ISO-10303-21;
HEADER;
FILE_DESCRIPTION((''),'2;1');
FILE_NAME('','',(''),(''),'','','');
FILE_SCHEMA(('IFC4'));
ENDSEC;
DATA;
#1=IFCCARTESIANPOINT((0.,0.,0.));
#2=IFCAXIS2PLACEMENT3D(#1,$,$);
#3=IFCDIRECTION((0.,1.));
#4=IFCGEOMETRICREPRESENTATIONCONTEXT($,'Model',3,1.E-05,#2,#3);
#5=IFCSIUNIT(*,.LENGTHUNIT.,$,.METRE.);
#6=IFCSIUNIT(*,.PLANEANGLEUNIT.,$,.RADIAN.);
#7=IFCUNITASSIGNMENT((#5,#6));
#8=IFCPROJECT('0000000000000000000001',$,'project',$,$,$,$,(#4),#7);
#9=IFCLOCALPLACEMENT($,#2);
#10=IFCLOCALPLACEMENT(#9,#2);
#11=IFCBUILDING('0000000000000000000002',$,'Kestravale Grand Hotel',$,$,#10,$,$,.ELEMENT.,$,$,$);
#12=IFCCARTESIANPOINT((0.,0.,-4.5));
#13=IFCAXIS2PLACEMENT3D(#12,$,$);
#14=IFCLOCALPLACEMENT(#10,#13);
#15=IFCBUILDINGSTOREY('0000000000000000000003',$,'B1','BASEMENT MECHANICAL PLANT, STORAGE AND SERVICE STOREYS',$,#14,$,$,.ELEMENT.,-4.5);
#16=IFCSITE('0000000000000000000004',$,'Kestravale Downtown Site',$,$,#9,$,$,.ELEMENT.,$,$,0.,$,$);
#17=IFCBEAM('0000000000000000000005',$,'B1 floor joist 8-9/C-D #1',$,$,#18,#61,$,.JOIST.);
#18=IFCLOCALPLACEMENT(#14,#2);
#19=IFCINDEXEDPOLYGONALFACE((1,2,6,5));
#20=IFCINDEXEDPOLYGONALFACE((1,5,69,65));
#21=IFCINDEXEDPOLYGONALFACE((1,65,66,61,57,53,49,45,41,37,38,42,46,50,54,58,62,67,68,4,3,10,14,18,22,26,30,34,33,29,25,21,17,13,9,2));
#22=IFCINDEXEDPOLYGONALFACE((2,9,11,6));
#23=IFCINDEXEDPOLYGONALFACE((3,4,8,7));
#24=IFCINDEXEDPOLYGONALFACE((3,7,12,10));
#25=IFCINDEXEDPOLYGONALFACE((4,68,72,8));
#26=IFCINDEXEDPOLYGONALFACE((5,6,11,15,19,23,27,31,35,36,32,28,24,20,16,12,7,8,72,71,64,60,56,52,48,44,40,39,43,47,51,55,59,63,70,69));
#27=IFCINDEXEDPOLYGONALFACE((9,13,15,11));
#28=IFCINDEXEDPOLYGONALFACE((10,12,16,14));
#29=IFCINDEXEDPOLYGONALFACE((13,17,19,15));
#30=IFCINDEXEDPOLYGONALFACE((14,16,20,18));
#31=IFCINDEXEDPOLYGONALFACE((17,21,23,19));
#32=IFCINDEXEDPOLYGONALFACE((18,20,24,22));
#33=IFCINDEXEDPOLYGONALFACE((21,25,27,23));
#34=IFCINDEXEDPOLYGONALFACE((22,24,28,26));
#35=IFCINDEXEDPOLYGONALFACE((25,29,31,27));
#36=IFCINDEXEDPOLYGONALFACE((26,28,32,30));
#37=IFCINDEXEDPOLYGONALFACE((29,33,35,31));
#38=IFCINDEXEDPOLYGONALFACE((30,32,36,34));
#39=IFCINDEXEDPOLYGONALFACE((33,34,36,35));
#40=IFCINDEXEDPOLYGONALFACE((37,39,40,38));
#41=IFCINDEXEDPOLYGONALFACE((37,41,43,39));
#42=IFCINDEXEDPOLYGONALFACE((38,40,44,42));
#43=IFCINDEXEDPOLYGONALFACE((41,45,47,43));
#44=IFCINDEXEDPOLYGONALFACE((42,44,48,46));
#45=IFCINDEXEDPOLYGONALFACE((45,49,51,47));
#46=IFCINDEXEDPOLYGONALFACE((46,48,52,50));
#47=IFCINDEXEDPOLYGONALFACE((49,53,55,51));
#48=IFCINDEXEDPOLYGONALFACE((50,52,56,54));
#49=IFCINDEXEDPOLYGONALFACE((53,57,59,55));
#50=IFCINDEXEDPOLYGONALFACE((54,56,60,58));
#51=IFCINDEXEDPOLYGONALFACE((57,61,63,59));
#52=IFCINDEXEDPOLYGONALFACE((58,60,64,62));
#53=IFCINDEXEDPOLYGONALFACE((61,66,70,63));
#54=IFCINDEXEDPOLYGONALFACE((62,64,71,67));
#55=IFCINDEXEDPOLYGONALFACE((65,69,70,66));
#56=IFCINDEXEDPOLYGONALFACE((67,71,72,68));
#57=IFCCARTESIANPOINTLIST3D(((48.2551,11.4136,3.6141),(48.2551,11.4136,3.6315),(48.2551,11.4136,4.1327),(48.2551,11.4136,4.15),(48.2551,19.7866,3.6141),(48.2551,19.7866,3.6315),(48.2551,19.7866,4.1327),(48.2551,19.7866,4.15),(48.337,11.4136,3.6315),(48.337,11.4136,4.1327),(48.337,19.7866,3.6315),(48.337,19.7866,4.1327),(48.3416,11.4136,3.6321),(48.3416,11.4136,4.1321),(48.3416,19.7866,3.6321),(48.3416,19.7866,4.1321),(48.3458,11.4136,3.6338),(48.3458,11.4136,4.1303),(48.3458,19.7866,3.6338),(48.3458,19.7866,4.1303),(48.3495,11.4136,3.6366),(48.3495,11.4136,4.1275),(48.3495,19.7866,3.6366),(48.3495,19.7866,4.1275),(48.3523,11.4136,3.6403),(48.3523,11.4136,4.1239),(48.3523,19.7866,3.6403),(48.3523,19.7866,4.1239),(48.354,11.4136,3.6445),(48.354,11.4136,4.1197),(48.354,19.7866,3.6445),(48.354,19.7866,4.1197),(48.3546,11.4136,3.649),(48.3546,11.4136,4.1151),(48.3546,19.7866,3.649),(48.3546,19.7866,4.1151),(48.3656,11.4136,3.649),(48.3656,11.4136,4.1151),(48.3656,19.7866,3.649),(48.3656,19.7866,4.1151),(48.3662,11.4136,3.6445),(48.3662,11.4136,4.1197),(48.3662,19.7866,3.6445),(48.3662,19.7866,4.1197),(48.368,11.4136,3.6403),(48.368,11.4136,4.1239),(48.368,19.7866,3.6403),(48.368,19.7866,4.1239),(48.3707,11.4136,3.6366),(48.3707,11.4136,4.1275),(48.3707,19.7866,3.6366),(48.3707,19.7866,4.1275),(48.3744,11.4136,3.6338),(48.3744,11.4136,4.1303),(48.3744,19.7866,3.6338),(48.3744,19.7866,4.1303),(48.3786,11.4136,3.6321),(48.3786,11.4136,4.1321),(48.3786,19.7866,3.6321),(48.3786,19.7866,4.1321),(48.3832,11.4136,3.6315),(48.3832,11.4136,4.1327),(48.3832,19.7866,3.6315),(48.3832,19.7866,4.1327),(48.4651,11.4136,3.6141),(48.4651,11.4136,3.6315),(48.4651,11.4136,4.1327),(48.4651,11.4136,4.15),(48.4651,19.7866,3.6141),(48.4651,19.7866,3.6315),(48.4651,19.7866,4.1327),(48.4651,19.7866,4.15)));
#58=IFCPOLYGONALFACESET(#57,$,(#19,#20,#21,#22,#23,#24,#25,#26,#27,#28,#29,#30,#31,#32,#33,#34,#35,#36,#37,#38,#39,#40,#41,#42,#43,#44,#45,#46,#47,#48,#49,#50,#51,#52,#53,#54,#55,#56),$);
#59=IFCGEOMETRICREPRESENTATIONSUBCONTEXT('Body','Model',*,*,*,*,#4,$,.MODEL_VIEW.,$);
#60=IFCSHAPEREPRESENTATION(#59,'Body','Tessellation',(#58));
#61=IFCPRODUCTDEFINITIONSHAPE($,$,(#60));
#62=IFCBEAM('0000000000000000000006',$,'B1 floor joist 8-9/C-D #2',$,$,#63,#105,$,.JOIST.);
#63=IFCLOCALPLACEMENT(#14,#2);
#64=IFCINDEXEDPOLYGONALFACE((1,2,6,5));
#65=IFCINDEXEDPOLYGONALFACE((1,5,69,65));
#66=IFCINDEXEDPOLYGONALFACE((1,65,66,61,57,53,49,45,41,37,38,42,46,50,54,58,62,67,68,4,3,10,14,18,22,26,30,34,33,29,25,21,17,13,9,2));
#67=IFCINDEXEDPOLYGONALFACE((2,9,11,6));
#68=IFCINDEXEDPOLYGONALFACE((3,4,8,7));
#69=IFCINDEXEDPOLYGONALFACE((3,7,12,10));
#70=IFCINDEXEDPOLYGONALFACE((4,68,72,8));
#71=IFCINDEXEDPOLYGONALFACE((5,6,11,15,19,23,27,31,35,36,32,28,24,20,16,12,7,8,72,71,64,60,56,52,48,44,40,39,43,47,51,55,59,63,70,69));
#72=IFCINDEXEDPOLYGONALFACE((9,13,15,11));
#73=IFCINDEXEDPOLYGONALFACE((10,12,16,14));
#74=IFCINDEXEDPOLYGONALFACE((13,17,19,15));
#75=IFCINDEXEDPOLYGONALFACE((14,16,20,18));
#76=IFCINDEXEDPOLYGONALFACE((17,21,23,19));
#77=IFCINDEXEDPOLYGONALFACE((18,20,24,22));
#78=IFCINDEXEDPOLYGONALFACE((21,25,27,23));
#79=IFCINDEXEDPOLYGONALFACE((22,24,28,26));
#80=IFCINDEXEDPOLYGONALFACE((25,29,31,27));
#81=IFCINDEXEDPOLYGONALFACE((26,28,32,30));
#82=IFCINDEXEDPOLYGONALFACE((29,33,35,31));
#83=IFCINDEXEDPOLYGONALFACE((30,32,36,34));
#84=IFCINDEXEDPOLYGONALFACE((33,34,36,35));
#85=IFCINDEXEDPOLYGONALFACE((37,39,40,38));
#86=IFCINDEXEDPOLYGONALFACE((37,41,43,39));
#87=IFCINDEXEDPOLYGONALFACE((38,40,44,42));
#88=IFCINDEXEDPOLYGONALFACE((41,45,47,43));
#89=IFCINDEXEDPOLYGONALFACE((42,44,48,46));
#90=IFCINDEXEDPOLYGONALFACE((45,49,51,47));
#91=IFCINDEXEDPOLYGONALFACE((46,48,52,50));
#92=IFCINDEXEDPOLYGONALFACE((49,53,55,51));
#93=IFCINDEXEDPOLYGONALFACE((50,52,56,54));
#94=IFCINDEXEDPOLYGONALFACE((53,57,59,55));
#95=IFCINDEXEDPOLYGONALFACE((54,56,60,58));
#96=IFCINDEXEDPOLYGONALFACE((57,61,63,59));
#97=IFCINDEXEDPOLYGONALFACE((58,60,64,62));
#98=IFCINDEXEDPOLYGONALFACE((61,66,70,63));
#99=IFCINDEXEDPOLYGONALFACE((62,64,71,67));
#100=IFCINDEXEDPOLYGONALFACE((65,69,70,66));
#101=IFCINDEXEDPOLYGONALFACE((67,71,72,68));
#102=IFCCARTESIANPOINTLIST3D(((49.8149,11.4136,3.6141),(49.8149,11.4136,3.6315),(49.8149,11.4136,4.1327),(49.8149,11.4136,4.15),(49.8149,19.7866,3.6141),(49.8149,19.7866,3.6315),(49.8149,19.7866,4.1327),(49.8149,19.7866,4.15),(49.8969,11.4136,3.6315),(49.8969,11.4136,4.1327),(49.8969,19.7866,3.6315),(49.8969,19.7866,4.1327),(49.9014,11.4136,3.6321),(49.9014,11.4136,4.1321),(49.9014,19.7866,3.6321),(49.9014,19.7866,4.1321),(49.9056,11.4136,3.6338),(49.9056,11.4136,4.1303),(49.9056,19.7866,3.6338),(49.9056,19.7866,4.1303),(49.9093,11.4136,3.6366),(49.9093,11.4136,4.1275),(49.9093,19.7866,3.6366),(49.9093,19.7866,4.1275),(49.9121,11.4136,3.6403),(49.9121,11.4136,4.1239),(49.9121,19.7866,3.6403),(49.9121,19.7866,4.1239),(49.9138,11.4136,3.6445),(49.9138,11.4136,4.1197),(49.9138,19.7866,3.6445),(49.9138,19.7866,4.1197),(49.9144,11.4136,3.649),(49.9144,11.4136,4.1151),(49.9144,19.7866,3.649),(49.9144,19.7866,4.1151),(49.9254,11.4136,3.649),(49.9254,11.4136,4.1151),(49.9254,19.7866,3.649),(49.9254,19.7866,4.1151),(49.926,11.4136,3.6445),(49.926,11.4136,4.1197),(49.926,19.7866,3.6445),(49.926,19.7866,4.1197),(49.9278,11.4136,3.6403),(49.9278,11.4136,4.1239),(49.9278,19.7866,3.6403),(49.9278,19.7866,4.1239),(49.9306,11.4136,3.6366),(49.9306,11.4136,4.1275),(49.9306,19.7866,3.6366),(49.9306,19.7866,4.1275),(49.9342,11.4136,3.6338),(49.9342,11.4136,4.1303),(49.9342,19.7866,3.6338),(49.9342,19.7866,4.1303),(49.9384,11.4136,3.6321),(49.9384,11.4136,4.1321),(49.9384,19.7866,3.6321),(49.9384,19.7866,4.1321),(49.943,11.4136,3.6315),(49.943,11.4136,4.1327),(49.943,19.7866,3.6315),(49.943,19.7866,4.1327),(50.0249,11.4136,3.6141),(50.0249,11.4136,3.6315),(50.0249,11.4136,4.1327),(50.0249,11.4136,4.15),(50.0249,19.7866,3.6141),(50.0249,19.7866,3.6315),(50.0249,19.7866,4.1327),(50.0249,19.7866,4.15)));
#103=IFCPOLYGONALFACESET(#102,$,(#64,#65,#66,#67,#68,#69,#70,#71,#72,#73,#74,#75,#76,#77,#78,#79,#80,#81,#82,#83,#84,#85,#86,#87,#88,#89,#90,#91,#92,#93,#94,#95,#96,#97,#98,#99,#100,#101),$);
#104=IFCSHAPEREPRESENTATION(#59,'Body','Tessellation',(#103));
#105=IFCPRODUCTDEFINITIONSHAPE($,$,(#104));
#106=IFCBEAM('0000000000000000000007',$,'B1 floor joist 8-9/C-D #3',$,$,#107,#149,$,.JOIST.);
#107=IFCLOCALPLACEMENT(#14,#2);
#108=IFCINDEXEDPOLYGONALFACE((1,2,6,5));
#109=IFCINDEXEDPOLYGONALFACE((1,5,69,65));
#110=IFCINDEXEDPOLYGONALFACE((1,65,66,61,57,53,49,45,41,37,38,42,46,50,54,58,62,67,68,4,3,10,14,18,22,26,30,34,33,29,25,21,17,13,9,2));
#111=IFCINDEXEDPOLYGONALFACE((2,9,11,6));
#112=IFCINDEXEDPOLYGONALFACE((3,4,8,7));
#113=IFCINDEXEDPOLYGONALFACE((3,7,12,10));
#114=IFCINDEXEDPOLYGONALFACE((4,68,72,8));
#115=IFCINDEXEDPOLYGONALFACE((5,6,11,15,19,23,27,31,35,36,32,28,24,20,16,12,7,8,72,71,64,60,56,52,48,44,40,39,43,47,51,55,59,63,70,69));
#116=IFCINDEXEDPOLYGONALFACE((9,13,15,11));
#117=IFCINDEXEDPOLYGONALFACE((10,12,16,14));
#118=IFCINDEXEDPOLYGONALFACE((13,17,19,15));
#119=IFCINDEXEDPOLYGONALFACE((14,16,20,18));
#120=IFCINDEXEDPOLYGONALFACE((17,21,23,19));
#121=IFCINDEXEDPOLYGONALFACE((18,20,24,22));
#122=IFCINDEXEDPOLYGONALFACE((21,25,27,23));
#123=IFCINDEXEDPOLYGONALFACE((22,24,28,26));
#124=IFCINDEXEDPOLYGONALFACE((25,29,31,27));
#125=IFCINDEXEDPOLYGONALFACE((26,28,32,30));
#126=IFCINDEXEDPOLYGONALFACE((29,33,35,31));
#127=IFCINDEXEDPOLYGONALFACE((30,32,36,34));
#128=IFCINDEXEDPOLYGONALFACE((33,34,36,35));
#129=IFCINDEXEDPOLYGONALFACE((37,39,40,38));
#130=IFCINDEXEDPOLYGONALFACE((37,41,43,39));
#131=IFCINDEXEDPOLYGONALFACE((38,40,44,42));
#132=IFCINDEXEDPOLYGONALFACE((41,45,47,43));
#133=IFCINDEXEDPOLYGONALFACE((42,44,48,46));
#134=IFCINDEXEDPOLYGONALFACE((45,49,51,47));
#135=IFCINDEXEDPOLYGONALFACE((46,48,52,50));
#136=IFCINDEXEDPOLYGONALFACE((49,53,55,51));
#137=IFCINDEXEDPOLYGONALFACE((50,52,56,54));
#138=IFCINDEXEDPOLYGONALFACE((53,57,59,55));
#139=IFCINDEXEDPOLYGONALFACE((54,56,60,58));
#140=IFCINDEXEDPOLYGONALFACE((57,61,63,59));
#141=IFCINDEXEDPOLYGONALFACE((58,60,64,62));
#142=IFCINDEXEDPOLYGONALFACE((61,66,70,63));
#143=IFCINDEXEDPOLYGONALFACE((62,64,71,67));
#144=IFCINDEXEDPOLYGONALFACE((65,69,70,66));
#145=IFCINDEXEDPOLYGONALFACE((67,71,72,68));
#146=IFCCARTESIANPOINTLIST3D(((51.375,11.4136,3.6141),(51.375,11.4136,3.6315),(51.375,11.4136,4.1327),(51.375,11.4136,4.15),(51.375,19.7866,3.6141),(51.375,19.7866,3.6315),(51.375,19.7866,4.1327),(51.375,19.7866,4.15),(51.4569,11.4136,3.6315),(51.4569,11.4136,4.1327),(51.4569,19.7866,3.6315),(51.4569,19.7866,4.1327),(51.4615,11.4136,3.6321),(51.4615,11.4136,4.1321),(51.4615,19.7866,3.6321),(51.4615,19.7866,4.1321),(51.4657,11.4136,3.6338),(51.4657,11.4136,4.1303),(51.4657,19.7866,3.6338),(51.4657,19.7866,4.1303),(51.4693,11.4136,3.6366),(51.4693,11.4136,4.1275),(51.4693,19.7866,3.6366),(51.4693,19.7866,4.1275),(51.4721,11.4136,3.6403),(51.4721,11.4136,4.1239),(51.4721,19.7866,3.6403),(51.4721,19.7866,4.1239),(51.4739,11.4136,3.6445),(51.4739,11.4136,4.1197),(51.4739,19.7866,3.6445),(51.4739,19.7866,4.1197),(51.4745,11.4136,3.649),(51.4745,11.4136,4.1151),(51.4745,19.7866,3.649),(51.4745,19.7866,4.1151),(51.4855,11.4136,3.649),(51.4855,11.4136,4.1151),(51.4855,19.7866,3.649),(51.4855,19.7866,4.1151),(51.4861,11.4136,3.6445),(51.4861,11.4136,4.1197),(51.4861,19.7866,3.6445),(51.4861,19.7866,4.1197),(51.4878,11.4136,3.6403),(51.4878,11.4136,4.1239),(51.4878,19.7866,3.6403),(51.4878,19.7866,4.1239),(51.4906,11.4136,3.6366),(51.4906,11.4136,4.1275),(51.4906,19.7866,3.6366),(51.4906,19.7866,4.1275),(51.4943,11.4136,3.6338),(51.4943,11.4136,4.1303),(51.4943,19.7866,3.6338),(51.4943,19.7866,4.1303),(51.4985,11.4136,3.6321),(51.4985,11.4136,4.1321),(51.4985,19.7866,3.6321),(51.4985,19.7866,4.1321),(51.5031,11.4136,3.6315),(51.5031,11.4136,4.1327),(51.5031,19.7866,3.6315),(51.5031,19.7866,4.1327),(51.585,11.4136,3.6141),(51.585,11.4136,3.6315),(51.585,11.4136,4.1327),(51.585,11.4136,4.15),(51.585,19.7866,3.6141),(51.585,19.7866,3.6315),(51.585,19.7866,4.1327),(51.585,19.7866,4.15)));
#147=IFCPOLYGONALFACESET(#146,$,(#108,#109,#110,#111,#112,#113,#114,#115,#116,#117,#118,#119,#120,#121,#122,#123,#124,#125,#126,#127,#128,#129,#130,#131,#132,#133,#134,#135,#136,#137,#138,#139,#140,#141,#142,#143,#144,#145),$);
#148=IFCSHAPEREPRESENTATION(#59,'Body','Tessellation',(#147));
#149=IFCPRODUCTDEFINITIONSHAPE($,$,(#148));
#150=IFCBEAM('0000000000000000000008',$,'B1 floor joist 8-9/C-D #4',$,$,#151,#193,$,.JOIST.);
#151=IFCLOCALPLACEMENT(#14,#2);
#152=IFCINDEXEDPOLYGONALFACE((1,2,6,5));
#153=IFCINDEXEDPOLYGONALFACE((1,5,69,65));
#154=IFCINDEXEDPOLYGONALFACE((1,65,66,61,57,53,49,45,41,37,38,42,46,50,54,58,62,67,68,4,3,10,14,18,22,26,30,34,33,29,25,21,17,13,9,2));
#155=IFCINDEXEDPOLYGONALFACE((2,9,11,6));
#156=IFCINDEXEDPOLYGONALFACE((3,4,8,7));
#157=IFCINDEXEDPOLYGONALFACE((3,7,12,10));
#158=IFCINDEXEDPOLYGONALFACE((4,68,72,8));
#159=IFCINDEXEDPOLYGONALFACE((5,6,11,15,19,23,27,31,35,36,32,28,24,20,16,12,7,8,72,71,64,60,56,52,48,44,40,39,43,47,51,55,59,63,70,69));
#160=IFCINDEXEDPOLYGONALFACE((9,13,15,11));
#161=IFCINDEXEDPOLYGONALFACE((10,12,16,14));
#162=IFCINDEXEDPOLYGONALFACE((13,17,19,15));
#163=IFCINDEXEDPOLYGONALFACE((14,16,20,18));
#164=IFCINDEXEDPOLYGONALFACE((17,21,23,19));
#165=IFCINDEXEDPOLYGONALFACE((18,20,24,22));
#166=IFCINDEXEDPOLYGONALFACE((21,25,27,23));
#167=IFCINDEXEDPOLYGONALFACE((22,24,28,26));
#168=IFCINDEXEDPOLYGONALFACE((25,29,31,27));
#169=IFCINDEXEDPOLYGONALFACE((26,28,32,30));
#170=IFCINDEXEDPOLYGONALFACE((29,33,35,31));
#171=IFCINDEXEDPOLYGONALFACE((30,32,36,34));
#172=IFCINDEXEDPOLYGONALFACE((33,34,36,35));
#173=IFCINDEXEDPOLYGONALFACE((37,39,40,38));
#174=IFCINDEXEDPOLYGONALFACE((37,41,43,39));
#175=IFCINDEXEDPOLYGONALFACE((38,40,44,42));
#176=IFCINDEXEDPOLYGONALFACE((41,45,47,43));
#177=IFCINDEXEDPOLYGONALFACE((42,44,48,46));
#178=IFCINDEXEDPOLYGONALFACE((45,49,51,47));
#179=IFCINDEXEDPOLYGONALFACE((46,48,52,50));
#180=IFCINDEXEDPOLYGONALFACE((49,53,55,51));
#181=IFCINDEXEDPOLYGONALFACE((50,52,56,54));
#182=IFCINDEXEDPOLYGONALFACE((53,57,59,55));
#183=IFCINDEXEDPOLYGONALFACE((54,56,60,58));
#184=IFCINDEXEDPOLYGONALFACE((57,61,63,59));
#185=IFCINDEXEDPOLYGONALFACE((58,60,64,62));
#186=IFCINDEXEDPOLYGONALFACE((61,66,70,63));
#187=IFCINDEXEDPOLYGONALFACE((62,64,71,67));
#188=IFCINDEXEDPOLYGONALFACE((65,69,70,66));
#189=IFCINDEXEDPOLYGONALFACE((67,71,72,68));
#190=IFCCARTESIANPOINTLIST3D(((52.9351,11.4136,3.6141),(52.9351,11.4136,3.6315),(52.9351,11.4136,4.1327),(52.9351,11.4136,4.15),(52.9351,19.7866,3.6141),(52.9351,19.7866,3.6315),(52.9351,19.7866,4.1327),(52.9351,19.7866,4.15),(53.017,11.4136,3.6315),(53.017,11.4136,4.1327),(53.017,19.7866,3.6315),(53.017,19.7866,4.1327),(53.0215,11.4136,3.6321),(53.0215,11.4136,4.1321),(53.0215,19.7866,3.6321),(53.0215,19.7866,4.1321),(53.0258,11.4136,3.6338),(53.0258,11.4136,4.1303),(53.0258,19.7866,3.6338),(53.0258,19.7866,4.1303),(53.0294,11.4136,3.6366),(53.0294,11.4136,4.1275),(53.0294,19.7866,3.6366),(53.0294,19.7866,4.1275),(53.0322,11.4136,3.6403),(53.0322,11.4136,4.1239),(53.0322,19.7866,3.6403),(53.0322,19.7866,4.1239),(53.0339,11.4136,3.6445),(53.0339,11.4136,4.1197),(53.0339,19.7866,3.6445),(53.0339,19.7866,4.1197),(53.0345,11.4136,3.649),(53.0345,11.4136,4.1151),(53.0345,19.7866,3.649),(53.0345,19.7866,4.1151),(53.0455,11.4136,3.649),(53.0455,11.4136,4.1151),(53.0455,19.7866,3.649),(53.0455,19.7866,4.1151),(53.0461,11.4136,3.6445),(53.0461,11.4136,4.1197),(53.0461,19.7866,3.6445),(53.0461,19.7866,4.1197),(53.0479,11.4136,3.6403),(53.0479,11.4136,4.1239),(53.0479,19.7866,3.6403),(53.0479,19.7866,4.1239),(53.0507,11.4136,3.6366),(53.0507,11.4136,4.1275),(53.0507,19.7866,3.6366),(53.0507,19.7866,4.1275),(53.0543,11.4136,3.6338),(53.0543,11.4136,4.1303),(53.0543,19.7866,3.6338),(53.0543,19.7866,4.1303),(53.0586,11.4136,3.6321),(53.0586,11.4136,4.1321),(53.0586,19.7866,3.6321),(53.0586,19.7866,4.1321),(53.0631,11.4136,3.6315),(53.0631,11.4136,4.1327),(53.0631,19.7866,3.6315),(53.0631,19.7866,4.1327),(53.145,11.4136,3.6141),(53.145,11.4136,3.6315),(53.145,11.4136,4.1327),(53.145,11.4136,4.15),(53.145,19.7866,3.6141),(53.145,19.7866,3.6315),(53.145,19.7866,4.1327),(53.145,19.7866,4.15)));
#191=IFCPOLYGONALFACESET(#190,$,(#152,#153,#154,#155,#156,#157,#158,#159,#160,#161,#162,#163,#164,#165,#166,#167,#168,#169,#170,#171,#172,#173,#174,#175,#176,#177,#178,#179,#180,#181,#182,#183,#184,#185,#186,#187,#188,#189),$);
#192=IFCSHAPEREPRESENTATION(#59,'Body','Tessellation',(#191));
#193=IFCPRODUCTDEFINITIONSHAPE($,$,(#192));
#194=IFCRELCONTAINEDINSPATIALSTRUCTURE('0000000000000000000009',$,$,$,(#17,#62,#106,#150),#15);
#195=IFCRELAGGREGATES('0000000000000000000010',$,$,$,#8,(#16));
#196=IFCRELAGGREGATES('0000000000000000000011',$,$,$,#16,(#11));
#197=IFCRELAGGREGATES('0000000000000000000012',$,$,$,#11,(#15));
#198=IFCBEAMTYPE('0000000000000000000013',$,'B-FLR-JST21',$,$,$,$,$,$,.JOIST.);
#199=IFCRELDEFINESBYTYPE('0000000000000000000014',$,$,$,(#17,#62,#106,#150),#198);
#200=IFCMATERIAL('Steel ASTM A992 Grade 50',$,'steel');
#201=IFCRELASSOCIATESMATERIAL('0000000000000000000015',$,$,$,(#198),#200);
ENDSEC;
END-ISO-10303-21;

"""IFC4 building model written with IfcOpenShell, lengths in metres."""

from ifc_helpers import new_model, si_unit, direction, frame, origin, origin_2d, place, context, subcontext, project, spatial, i_section, extrude, material, material_profile, profile_set, type_object, element, save


model = new_model("IFC4")

# Units and contexts
model_context = context("Model", 3, precision=1e-05, world=origin(), true_north=direction((0.0, 1.0)))
body_context = subcontext(model_context, "Body", "Model", "MODEL_VIEW")
ifc_project = project(units=[si_unit("LENGTHUNIT", "METRE"), si_unit("PLANEANGLEUNIT", "RADIAN")], contexts=[model_context])

# Site, building, storey
site_placement = place(None, origin())
site = spatial("IfcSite", under=ifc_project, at=site_placement, Name="Kestravale Downtown Site", CompositionType="ELEMENT", RefElevation=0.0)
building_placement = place(site_placement, origin())
building = spatial("IfcBuilding", under=site, at=building_placement, Name="Kestravale Grand Hotel", CompositionType="ELEMENT")
storey_placement = place(building_placement, frame((0.0, 0.0, -4.5)))
storey = spatial("IfcBuildingStorey", under=building, at=storey_placement, Name="B1", Description="BASEMENT MECHANICAL PLANT, STORAGE AND SERVICE STOREYS", CompositionType="ELEMENT", Elevation=-4.5)

# Beams
ifc_material_1 = material(Name="Steel ASTM A992 Grade 50", Category="steel")
ifc_material_profile_1 = material_profile(ifc_material_1, i_section(OverallWidth=0.21, OverallDepth=0.5359, WebThickness=0.011, FlangeThickness=0.0173, FilletRadius=0.0176, at=origin_2d()))
ifc_profile_set_1 = profile_set([ifc_material_profile_1], Name="Steel ASTM A992 Grade 50")
beam_type_1 = type_object("IfcBeamType", Name="B-FLR-JST21", PredefinedType="JOIST", material=ifc_profile_set_1)
for number, where, z_axis, x_axis, name in (
    (1, (48.3601, 11.4136, 3.8821), (0.0, 1.0, 0.0), (-1.0, 0.0, 0.0), "B1 floor joist 8-9/C-D #1"),
    (2, (49.9199, 11.4136, 3.8821), (0.0, 1.0, 0.0), (-1.0, 0.0, 0.0), "B1 floor joist 8-9/C-D #2"),
    (3, (51.48, 11.4136, 3.8821), (0.0, 1.0, 0.0), (-1.0, 0.0, 0.0), "B1 floor joist 8-9/C-D #3"),
    (4, (53.04, 11.4136, 3.8821), (0.0, 1.0, 0.0), (-1.0, 0.0, 0.0), "B1 floor joist 8-9/C-D #4"),
):
    element("IfcBeam", number, at=place(storey_placement, frame(where, z_axis=z_axis, x_axis=x_axis)), inside=storey, type_object=beam_type_1, Name=name, PredefinedType="JOIST", context=body_context, shape_type="SweptSolid", body=[
        extrude(i_section(OverallWidth=0.21, OverallDepth=0.5359, WebThickness=0.011, FlangeThickness=0.0173, FilletRadius=0.0176, at=origin_2d()), origin(), (0.0, 0.0, 1.0), 8.373),
    ])

save(model, "model.ifc")
